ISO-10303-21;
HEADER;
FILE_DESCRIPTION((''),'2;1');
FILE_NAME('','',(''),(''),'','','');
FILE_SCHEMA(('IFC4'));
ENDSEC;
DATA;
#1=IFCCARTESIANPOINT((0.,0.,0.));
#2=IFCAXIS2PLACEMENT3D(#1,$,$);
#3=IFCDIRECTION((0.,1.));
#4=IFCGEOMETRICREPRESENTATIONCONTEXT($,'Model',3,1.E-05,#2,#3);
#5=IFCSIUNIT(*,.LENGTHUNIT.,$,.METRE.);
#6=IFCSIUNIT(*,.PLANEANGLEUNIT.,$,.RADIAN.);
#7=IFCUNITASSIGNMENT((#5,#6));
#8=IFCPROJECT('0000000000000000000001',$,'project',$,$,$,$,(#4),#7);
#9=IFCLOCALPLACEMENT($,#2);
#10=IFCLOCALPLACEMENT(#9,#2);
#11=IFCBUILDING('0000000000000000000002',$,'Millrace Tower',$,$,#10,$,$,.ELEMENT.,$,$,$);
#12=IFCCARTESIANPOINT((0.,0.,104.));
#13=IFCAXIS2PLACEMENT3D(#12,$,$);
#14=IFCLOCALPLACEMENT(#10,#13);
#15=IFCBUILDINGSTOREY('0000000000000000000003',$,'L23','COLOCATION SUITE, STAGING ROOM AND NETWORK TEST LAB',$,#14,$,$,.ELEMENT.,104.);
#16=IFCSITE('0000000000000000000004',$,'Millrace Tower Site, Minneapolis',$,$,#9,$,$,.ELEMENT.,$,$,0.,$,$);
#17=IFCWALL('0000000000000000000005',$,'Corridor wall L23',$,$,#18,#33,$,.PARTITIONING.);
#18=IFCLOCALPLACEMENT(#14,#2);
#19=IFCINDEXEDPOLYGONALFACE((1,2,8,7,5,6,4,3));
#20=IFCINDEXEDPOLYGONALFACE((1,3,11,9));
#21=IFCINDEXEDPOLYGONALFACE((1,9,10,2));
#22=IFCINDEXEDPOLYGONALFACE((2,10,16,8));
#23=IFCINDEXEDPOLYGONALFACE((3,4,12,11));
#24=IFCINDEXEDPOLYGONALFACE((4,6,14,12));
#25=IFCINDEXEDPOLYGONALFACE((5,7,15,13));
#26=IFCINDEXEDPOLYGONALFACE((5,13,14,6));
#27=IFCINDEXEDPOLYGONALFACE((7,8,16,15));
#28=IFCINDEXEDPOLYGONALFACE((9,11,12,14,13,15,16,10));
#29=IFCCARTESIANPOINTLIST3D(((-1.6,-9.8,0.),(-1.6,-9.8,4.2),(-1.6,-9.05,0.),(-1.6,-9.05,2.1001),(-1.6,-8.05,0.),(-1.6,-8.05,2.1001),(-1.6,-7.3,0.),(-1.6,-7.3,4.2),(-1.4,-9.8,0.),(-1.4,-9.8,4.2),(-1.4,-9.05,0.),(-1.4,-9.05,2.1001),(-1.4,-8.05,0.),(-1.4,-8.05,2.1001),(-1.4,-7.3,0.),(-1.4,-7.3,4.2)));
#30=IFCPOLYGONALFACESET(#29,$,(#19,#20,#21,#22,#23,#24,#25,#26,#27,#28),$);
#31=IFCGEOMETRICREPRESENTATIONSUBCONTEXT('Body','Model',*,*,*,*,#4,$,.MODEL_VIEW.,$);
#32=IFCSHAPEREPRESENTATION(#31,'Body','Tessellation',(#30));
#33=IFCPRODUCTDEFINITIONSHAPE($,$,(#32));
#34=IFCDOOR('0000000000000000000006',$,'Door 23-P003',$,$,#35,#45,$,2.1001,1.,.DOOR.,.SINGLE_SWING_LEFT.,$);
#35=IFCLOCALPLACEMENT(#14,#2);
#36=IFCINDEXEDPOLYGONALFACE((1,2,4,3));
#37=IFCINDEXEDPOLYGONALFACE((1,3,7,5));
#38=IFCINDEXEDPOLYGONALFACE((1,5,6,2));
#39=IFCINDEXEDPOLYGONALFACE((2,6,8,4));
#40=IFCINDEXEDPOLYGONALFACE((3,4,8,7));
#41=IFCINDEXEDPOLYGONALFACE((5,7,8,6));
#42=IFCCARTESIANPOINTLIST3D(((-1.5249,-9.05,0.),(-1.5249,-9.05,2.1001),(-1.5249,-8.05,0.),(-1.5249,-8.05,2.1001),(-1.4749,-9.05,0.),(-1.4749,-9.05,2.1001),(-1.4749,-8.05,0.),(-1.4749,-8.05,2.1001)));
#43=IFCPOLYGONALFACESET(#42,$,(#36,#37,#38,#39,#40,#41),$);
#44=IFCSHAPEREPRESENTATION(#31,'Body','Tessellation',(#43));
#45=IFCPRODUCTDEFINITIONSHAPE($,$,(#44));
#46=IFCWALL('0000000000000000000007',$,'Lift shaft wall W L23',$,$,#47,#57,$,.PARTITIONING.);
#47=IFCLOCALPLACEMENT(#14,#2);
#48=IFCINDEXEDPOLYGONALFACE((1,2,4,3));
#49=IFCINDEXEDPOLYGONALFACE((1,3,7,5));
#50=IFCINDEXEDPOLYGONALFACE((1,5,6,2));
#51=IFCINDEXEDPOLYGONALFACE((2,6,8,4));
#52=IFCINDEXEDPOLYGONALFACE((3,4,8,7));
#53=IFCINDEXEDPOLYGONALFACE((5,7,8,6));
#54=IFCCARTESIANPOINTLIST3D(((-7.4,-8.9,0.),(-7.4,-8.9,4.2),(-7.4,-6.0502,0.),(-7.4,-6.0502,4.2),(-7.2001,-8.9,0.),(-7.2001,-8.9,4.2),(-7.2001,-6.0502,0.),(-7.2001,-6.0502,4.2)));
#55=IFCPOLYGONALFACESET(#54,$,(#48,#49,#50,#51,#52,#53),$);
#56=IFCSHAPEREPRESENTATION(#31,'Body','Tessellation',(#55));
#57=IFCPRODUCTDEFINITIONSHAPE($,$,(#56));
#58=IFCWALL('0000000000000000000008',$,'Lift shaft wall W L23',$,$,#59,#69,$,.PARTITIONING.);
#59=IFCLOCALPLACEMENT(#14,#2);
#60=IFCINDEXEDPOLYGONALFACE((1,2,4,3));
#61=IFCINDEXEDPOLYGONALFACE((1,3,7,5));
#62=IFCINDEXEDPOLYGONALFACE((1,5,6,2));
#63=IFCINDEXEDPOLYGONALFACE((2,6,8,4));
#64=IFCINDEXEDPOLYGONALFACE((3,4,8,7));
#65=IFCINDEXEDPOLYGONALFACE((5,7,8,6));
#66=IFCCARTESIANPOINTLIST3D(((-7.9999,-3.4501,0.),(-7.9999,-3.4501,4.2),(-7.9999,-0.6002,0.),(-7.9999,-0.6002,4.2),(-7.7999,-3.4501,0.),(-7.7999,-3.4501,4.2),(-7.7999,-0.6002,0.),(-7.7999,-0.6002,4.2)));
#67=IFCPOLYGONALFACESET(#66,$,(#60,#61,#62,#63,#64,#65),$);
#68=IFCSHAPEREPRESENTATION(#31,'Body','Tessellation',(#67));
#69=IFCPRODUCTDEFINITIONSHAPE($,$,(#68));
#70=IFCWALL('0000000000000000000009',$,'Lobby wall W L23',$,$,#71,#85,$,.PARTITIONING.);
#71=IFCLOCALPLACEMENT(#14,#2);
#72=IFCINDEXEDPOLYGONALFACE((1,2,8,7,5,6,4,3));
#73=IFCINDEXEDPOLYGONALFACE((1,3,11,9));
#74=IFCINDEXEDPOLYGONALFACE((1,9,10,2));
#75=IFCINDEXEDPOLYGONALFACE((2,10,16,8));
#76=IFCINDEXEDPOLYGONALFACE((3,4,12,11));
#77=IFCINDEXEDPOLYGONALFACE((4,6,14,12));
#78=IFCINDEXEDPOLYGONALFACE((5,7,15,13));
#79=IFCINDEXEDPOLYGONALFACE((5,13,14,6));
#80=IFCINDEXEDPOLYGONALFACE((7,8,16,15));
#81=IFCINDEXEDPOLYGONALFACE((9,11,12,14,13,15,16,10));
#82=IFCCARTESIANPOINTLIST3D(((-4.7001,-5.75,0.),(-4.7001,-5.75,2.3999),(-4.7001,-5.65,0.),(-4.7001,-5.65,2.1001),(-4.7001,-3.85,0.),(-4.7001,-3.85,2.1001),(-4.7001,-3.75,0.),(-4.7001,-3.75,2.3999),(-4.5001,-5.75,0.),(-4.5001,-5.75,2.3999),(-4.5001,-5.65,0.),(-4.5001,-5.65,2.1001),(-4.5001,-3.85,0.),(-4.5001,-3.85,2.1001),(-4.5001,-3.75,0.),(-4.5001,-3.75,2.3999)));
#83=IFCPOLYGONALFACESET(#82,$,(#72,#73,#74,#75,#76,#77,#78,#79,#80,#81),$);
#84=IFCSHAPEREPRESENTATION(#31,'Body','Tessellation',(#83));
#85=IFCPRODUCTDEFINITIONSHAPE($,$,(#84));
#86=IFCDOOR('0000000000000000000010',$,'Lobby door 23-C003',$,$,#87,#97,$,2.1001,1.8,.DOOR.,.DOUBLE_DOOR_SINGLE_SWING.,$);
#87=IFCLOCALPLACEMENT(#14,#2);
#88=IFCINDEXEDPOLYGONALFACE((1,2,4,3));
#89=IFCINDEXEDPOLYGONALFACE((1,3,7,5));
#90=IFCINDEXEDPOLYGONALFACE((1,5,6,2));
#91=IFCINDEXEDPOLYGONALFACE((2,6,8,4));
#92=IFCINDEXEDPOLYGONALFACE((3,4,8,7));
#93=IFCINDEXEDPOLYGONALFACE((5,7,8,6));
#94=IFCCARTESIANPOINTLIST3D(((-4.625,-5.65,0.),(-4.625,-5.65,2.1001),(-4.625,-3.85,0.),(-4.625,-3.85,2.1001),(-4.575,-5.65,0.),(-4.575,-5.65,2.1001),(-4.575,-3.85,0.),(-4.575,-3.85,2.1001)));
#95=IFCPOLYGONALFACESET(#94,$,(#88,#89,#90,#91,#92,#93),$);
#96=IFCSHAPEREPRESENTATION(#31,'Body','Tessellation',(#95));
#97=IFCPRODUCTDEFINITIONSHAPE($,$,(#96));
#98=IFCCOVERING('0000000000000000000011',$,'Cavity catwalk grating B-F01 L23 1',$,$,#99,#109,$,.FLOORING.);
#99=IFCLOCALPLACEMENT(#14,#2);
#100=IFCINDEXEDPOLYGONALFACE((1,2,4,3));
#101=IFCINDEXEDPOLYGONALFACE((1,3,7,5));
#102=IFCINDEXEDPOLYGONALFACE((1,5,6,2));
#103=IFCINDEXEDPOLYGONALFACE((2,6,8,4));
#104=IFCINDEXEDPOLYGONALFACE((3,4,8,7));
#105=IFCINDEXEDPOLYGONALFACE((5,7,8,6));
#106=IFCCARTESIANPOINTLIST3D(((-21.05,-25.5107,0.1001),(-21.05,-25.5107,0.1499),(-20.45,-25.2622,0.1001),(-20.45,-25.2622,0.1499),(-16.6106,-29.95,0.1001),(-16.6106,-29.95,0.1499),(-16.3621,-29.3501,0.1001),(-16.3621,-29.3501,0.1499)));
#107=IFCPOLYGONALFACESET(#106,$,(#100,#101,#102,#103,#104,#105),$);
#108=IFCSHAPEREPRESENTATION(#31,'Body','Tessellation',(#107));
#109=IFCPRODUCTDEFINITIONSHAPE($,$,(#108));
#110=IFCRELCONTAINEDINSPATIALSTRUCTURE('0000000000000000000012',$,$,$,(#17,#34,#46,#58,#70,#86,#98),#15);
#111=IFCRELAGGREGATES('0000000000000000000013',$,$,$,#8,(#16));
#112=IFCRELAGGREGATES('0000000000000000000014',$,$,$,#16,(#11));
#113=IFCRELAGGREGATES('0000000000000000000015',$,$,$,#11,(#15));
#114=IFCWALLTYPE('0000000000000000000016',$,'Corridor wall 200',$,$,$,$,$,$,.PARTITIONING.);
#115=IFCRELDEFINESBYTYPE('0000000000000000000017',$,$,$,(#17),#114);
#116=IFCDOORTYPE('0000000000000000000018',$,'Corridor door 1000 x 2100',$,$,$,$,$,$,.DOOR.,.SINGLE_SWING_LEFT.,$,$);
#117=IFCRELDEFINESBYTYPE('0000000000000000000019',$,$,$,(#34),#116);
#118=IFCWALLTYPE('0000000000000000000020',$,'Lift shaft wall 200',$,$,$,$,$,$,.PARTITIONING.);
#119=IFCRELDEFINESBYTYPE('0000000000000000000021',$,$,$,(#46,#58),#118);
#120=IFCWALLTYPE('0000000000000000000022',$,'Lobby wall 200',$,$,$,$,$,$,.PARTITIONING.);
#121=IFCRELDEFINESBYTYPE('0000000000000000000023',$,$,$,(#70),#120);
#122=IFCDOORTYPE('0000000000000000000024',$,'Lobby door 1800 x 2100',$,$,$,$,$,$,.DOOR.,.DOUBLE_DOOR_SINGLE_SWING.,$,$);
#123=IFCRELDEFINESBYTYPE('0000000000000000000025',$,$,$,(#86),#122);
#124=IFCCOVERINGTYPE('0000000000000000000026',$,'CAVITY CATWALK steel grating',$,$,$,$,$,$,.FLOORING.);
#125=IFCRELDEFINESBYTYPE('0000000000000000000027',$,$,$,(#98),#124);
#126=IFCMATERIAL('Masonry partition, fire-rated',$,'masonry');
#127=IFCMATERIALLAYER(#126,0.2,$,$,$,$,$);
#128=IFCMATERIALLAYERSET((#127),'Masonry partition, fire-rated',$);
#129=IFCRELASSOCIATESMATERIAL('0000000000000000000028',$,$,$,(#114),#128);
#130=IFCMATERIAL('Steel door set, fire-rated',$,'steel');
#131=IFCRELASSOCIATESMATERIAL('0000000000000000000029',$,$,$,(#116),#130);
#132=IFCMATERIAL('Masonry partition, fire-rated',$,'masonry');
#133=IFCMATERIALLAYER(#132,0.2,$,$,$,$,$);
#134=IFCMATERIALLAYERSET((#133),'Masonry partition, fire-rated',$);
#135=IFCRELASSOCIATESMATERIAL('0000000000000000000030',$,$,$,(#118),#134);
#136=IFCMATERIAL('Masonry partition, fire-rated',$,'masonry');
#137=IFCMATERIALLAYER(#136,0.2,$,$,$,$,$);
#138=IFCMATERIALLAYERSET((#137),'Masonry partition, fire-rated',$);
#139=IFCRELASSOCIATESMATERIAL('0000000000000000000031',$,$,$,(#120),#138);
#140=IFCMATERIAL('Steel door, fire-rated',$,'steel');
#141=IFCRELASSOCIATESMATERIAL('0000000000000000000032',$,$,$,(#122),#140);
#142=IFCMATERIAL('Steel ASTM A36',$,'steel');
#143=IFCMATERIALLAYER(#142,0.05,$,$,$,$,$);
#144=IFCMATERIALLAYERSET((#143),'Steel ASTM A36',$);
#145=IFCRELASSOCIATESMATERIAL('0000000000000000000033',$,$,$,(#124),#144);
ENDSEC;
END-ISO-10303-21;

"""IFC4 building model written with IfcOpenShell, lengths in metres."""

from ifc_helpers import new_model, si_unit, direction, frame, frame_2d, origin, place, context, subcontext, project, spatial, polyline, rectangle, outline, extrude, material, layer, layer_set, type_object, element, fill, save


model = new_model("IFC4")

# Units and contexts
model_context = context("Model", 3, precision=1e-05, world=origin(), true_north=direction((0.0, 1.0)))
body_context = subcontext(model_context, "Body", "Model", "MODEL_VIEW")
ifc_project = project(units=[si_unit("LENGTHUNIT", "METRE"), si_unit("PLANEANGLEUNIT", "RADIAN")], contexts=[model_context])

# Site, building, storey
site_placement = place(None, origin())
site = spatial("IfcSite", under=ifc_project, at=site_placement, Name="Millrace Tower Site, Minneapolis", CompositionType="ELEMENT", RefElevation=0.0)
building_placement = place(site_placement, origin())
building = spatial("IfcBuilding", under=site, at=building_placement, Name="Millrace Tower", CompositionType="ELEMENT")
storey_placement = place(building_placement, frame((0.0, 0.0, 104.0)))
storey = spatial("IfcBuildingStorey", under=building, at=storey_placement, Name="L23", Description="COLOCATION SUITE, STAGING ROOM AND NETWORK TEST LAB", CompositionType="ELEMENT", Elevation=104.0)

# Shared definitions
ifc_material_1 = material(Name="Masonry partition, fire-rated", Category="masonry")
ifc_layer_1 = layer(ifc_material_1, 0.2)
ifc_layer_set_1 = layer_set([ifc_layer_1], Name="Masonry partition, fire-rated")
wall_type_1 = type_object("IfcWallType", Name="Corridor wall 200", PredefinedType="PARTITIONING", material=ifc_layer_set_1)

# Wall, opening, door
wall_1_placement = place(storey_placement, frame((-1.5, -9.8, 0.0), z_axis=(0.0, 0.0, 1.0), x_axis=(0.0, 1.0, 0.0)))
wall_1 = element("IfcWall", 1, at=wall_1_placement, inside=storey, type_object=wall_type_1, Name="Corridor wall L23", PredefinedType="PARTITIONING", context=body_context, shape_type="SweptSolid", body=[
    extrude(rectangle(XDim=2.5, YDim=0.2, at=frame_2d((1.25, 0.0))), origin(), (0.0, 0.0, 1.0), 4.2),
])
opening_1_placement = place(wall_1_placement, frame((0.75, 0.0, 0.0)))
opening_1 = element("IfcOpeningElement", 2, at=opening_1_placement, cuts=wall_1, PredefinedType="OPENING", context=body_context, shape_type="SweptSolid", body=[
    extrude(rectangle(XDim=1.0, YDim=2.1001, at=frame_2d((0.5, 1.05))), frame((0.0, 0.1099, 0.0), z_axis=(0.0, -1.0, 0.0), x_axis=(1.0, 0.0, 0.0)), (0.0, 0.0, 1.0), 0.22),
])
ifc_material_2 = material(Name="Steel door set, fire-rated", Category="steel")
door_type_1 = type_object("IfcDoorType", Name="Corridor door 1000 x 2100", OperationType="SINGLE_SWING_LEFT", PredefinedType="DOOR", material=ifc_material_2)
door_1_placement = place(opening_1_placement, origin())
door_1 = element("IfcDoor", 3, at=door_1_placement, inside=storey, type_object=door_type_1, Name="Door 23-P003", OperationType="SINGLE_SWING_LEFT", OverallHeight=2.1001, OverallWidth=1.0, PredefinedType="DOOR", context=body_context, shape_type="SweptSolid", body=[
    extrude(rectangle(XDim=1.0, YDim=2.1001, at=frame_2d((0.5, 1.05))), frame((0.0, 0.0249, 0.0), z_axis=(0.0, -1.0, 0.0), x_axis=(1.0, 0.0, 0.0)), (0.0, 0.0, 1.0), 0.05),
])
fill(opening_1, door_1)

# Walls
ifc_material_3 = material(Name="Masonry partition, fire-rated", Category="masonry")
ifc_layer_2 = layer(ifc_material_3, 0.2)
ifc_layer_set_2 = layer_set([ifc_layer_2], Name="Masonry partition, fire-rated")
wall_type_2 = type_object("IfcWallType", Name="Lift shaft wall 200", PredefinedType="PARTITIONING", material=ifc_layer_set_2)
for number, where, z_axis, x_axis, name in (
    (4, (-7.3, -8.8999, 0.0), (0.0, 0.0, 1.0), (0.0, 1.0, 0.0), "Lift shaft wall W L23"),
    (5, (-7.8999, -3.45, 0.0), (0.0, 0.0, 1.0), (0.0, 1.0, 0.0), "Lift shaft wall W L23"),
):
    element("IfcWall", number, at=place(storey_placement, frame(where, z_axis=z_axis, x_axis=x_axis)), inside=storey, type_object=wall_type_2, Name=name, PredefinedType="PARTITIONING", context=body_context, shape_type="SweptSolid", body=[
        extrude(rectangle(XDim=2.8499, YDim=0.2, at=frame_2d((1.4248, 0.0))), origin(), (0.0, 0.0, 1.0), 4.2),
    ])

# Wall, opening, door
ifc_material_4 = material(Name="Masonry partition, fire-rated", Category="masonry")
ifc_layer_3 = layer(ifc_material_4, 0.2)
ifc_layer_set_3 = layer_set([ifc_layer_3], Name="Masonry partition, fire-rated")
wall_type_3 = type_object("IfcWallType", Name="Lobby wall 200", PredefinedType="PARTITIONING", material=ifc_layer_set_3)
wall_2_placement = place(storey_placement, frame((-4.6001, -5.75, 0.0), z_axis=(0.0, 0.0, 1.0), x_axis=(0.0, 1.0, 0.0)))
wall_2 = element("IfcWall", 6, at=wall_2_placement, inside=storey, type_object=wall_type_3, Name="Lobby wall W L23", PredefinedType="PARTITIONING", context=body_context, shape_type="SweptSolid", body=[
    extrude(rectangle(XDim=2.0, YDim=0.2, at=frame_2d((1.0, 0.0))), origin(), (0.0, 0.0, 1.0), 2.3999),
])
opening_2_placement = place(wall_2_placement, frame((0.1001, 0.0, 0.0)))
opening_2 = element("IfcOpeningElement", 7, at=opening_2_placement, cuts=wall_2, PredefinedType="OPENING", context=body_context, shape_type="SweptSolid", body=[
    extrude(rectangle(XDim=1.8, YDim=2.1001, at=frame_2d((0.8999, 1.05))), frame((0.0, 0.1099, 0.0), z_axis=(0.0, -1.0, 0.0), x_axis=(1.0, 0.0, 0.0)), (0.0, 0.0, 1.0), 0.22),
])
ifc_material_5 = material(Name="Steel door, fire-rated", Category="steel")
door_type_2 = type_object("IfcDoorType", Name="Lobby door 1800 x 2100", OperationType="DOUBLE_DOOR_SINGLE_SWING", PredefinedType="DOOR", material=ifc_material_5)
door_2_placement = place(opening_2_placement, origin())
door_2 = element("IfcDoor", 8, at=door_2_placement, inside=storey, type_object=door_type_2, Name="Lobby door 23-C003", OperationType="DOUBLE_DOOR_SINGLE_SWING", OverallHeight=2.1001, OverallWidth=1.8, PredefinedType="DOOR", context=body_context, shape_type="SweptSolid", body=[
    extrude(rectangle(XDim=1.8, YDim=2.1001, at=frame_2d((0.8999, 1.05))), frame((0.0, 0.0249, 0.0), z_axis=(0.0, -1.0, 0.0), x_axis=(1.0, 0.0, 0.0)), (0.0, 0.0, 1.0), 0.05),
])
fill(opening_2, door_2)

# Covering
ifc_material_6 = material(Name="Steel ASTM A36", Category="steel")
ifc_layer_4 = layer(ifc_material_6, 0.05)
ifc_layer_set_4 = layer_set([ifc_layer_4], Name="Steel ASTM A36")
covering_type = type_object("IfcCoveringType", Name="CAVITY CATWALK steel grating", PredefinedType="FLOORING", material=ifc_layer_set_4)
covering_placement = place(storey_placement, frame((0.0, 0.0, 0.1001)))
element("IfcCovering", 9, at=covering_placement, inside=storey, type_object=covering_type, Name="Cavity catwalk grating B-F01 L23 1", PredefinedType="FLOORING", context=body_context, shape_type="SweptSolid", body=[
    extrude(outline(polyline([(-21.05, -25.5107), (-16.6106, -29.95), (-16.3621, -29.3501), (-20.45, -25.2622), (-21.05, -25.5107)])), origin(), (0.0, 0.0, 1.0), 0.0498),
])

save(model, "model.ifc")
